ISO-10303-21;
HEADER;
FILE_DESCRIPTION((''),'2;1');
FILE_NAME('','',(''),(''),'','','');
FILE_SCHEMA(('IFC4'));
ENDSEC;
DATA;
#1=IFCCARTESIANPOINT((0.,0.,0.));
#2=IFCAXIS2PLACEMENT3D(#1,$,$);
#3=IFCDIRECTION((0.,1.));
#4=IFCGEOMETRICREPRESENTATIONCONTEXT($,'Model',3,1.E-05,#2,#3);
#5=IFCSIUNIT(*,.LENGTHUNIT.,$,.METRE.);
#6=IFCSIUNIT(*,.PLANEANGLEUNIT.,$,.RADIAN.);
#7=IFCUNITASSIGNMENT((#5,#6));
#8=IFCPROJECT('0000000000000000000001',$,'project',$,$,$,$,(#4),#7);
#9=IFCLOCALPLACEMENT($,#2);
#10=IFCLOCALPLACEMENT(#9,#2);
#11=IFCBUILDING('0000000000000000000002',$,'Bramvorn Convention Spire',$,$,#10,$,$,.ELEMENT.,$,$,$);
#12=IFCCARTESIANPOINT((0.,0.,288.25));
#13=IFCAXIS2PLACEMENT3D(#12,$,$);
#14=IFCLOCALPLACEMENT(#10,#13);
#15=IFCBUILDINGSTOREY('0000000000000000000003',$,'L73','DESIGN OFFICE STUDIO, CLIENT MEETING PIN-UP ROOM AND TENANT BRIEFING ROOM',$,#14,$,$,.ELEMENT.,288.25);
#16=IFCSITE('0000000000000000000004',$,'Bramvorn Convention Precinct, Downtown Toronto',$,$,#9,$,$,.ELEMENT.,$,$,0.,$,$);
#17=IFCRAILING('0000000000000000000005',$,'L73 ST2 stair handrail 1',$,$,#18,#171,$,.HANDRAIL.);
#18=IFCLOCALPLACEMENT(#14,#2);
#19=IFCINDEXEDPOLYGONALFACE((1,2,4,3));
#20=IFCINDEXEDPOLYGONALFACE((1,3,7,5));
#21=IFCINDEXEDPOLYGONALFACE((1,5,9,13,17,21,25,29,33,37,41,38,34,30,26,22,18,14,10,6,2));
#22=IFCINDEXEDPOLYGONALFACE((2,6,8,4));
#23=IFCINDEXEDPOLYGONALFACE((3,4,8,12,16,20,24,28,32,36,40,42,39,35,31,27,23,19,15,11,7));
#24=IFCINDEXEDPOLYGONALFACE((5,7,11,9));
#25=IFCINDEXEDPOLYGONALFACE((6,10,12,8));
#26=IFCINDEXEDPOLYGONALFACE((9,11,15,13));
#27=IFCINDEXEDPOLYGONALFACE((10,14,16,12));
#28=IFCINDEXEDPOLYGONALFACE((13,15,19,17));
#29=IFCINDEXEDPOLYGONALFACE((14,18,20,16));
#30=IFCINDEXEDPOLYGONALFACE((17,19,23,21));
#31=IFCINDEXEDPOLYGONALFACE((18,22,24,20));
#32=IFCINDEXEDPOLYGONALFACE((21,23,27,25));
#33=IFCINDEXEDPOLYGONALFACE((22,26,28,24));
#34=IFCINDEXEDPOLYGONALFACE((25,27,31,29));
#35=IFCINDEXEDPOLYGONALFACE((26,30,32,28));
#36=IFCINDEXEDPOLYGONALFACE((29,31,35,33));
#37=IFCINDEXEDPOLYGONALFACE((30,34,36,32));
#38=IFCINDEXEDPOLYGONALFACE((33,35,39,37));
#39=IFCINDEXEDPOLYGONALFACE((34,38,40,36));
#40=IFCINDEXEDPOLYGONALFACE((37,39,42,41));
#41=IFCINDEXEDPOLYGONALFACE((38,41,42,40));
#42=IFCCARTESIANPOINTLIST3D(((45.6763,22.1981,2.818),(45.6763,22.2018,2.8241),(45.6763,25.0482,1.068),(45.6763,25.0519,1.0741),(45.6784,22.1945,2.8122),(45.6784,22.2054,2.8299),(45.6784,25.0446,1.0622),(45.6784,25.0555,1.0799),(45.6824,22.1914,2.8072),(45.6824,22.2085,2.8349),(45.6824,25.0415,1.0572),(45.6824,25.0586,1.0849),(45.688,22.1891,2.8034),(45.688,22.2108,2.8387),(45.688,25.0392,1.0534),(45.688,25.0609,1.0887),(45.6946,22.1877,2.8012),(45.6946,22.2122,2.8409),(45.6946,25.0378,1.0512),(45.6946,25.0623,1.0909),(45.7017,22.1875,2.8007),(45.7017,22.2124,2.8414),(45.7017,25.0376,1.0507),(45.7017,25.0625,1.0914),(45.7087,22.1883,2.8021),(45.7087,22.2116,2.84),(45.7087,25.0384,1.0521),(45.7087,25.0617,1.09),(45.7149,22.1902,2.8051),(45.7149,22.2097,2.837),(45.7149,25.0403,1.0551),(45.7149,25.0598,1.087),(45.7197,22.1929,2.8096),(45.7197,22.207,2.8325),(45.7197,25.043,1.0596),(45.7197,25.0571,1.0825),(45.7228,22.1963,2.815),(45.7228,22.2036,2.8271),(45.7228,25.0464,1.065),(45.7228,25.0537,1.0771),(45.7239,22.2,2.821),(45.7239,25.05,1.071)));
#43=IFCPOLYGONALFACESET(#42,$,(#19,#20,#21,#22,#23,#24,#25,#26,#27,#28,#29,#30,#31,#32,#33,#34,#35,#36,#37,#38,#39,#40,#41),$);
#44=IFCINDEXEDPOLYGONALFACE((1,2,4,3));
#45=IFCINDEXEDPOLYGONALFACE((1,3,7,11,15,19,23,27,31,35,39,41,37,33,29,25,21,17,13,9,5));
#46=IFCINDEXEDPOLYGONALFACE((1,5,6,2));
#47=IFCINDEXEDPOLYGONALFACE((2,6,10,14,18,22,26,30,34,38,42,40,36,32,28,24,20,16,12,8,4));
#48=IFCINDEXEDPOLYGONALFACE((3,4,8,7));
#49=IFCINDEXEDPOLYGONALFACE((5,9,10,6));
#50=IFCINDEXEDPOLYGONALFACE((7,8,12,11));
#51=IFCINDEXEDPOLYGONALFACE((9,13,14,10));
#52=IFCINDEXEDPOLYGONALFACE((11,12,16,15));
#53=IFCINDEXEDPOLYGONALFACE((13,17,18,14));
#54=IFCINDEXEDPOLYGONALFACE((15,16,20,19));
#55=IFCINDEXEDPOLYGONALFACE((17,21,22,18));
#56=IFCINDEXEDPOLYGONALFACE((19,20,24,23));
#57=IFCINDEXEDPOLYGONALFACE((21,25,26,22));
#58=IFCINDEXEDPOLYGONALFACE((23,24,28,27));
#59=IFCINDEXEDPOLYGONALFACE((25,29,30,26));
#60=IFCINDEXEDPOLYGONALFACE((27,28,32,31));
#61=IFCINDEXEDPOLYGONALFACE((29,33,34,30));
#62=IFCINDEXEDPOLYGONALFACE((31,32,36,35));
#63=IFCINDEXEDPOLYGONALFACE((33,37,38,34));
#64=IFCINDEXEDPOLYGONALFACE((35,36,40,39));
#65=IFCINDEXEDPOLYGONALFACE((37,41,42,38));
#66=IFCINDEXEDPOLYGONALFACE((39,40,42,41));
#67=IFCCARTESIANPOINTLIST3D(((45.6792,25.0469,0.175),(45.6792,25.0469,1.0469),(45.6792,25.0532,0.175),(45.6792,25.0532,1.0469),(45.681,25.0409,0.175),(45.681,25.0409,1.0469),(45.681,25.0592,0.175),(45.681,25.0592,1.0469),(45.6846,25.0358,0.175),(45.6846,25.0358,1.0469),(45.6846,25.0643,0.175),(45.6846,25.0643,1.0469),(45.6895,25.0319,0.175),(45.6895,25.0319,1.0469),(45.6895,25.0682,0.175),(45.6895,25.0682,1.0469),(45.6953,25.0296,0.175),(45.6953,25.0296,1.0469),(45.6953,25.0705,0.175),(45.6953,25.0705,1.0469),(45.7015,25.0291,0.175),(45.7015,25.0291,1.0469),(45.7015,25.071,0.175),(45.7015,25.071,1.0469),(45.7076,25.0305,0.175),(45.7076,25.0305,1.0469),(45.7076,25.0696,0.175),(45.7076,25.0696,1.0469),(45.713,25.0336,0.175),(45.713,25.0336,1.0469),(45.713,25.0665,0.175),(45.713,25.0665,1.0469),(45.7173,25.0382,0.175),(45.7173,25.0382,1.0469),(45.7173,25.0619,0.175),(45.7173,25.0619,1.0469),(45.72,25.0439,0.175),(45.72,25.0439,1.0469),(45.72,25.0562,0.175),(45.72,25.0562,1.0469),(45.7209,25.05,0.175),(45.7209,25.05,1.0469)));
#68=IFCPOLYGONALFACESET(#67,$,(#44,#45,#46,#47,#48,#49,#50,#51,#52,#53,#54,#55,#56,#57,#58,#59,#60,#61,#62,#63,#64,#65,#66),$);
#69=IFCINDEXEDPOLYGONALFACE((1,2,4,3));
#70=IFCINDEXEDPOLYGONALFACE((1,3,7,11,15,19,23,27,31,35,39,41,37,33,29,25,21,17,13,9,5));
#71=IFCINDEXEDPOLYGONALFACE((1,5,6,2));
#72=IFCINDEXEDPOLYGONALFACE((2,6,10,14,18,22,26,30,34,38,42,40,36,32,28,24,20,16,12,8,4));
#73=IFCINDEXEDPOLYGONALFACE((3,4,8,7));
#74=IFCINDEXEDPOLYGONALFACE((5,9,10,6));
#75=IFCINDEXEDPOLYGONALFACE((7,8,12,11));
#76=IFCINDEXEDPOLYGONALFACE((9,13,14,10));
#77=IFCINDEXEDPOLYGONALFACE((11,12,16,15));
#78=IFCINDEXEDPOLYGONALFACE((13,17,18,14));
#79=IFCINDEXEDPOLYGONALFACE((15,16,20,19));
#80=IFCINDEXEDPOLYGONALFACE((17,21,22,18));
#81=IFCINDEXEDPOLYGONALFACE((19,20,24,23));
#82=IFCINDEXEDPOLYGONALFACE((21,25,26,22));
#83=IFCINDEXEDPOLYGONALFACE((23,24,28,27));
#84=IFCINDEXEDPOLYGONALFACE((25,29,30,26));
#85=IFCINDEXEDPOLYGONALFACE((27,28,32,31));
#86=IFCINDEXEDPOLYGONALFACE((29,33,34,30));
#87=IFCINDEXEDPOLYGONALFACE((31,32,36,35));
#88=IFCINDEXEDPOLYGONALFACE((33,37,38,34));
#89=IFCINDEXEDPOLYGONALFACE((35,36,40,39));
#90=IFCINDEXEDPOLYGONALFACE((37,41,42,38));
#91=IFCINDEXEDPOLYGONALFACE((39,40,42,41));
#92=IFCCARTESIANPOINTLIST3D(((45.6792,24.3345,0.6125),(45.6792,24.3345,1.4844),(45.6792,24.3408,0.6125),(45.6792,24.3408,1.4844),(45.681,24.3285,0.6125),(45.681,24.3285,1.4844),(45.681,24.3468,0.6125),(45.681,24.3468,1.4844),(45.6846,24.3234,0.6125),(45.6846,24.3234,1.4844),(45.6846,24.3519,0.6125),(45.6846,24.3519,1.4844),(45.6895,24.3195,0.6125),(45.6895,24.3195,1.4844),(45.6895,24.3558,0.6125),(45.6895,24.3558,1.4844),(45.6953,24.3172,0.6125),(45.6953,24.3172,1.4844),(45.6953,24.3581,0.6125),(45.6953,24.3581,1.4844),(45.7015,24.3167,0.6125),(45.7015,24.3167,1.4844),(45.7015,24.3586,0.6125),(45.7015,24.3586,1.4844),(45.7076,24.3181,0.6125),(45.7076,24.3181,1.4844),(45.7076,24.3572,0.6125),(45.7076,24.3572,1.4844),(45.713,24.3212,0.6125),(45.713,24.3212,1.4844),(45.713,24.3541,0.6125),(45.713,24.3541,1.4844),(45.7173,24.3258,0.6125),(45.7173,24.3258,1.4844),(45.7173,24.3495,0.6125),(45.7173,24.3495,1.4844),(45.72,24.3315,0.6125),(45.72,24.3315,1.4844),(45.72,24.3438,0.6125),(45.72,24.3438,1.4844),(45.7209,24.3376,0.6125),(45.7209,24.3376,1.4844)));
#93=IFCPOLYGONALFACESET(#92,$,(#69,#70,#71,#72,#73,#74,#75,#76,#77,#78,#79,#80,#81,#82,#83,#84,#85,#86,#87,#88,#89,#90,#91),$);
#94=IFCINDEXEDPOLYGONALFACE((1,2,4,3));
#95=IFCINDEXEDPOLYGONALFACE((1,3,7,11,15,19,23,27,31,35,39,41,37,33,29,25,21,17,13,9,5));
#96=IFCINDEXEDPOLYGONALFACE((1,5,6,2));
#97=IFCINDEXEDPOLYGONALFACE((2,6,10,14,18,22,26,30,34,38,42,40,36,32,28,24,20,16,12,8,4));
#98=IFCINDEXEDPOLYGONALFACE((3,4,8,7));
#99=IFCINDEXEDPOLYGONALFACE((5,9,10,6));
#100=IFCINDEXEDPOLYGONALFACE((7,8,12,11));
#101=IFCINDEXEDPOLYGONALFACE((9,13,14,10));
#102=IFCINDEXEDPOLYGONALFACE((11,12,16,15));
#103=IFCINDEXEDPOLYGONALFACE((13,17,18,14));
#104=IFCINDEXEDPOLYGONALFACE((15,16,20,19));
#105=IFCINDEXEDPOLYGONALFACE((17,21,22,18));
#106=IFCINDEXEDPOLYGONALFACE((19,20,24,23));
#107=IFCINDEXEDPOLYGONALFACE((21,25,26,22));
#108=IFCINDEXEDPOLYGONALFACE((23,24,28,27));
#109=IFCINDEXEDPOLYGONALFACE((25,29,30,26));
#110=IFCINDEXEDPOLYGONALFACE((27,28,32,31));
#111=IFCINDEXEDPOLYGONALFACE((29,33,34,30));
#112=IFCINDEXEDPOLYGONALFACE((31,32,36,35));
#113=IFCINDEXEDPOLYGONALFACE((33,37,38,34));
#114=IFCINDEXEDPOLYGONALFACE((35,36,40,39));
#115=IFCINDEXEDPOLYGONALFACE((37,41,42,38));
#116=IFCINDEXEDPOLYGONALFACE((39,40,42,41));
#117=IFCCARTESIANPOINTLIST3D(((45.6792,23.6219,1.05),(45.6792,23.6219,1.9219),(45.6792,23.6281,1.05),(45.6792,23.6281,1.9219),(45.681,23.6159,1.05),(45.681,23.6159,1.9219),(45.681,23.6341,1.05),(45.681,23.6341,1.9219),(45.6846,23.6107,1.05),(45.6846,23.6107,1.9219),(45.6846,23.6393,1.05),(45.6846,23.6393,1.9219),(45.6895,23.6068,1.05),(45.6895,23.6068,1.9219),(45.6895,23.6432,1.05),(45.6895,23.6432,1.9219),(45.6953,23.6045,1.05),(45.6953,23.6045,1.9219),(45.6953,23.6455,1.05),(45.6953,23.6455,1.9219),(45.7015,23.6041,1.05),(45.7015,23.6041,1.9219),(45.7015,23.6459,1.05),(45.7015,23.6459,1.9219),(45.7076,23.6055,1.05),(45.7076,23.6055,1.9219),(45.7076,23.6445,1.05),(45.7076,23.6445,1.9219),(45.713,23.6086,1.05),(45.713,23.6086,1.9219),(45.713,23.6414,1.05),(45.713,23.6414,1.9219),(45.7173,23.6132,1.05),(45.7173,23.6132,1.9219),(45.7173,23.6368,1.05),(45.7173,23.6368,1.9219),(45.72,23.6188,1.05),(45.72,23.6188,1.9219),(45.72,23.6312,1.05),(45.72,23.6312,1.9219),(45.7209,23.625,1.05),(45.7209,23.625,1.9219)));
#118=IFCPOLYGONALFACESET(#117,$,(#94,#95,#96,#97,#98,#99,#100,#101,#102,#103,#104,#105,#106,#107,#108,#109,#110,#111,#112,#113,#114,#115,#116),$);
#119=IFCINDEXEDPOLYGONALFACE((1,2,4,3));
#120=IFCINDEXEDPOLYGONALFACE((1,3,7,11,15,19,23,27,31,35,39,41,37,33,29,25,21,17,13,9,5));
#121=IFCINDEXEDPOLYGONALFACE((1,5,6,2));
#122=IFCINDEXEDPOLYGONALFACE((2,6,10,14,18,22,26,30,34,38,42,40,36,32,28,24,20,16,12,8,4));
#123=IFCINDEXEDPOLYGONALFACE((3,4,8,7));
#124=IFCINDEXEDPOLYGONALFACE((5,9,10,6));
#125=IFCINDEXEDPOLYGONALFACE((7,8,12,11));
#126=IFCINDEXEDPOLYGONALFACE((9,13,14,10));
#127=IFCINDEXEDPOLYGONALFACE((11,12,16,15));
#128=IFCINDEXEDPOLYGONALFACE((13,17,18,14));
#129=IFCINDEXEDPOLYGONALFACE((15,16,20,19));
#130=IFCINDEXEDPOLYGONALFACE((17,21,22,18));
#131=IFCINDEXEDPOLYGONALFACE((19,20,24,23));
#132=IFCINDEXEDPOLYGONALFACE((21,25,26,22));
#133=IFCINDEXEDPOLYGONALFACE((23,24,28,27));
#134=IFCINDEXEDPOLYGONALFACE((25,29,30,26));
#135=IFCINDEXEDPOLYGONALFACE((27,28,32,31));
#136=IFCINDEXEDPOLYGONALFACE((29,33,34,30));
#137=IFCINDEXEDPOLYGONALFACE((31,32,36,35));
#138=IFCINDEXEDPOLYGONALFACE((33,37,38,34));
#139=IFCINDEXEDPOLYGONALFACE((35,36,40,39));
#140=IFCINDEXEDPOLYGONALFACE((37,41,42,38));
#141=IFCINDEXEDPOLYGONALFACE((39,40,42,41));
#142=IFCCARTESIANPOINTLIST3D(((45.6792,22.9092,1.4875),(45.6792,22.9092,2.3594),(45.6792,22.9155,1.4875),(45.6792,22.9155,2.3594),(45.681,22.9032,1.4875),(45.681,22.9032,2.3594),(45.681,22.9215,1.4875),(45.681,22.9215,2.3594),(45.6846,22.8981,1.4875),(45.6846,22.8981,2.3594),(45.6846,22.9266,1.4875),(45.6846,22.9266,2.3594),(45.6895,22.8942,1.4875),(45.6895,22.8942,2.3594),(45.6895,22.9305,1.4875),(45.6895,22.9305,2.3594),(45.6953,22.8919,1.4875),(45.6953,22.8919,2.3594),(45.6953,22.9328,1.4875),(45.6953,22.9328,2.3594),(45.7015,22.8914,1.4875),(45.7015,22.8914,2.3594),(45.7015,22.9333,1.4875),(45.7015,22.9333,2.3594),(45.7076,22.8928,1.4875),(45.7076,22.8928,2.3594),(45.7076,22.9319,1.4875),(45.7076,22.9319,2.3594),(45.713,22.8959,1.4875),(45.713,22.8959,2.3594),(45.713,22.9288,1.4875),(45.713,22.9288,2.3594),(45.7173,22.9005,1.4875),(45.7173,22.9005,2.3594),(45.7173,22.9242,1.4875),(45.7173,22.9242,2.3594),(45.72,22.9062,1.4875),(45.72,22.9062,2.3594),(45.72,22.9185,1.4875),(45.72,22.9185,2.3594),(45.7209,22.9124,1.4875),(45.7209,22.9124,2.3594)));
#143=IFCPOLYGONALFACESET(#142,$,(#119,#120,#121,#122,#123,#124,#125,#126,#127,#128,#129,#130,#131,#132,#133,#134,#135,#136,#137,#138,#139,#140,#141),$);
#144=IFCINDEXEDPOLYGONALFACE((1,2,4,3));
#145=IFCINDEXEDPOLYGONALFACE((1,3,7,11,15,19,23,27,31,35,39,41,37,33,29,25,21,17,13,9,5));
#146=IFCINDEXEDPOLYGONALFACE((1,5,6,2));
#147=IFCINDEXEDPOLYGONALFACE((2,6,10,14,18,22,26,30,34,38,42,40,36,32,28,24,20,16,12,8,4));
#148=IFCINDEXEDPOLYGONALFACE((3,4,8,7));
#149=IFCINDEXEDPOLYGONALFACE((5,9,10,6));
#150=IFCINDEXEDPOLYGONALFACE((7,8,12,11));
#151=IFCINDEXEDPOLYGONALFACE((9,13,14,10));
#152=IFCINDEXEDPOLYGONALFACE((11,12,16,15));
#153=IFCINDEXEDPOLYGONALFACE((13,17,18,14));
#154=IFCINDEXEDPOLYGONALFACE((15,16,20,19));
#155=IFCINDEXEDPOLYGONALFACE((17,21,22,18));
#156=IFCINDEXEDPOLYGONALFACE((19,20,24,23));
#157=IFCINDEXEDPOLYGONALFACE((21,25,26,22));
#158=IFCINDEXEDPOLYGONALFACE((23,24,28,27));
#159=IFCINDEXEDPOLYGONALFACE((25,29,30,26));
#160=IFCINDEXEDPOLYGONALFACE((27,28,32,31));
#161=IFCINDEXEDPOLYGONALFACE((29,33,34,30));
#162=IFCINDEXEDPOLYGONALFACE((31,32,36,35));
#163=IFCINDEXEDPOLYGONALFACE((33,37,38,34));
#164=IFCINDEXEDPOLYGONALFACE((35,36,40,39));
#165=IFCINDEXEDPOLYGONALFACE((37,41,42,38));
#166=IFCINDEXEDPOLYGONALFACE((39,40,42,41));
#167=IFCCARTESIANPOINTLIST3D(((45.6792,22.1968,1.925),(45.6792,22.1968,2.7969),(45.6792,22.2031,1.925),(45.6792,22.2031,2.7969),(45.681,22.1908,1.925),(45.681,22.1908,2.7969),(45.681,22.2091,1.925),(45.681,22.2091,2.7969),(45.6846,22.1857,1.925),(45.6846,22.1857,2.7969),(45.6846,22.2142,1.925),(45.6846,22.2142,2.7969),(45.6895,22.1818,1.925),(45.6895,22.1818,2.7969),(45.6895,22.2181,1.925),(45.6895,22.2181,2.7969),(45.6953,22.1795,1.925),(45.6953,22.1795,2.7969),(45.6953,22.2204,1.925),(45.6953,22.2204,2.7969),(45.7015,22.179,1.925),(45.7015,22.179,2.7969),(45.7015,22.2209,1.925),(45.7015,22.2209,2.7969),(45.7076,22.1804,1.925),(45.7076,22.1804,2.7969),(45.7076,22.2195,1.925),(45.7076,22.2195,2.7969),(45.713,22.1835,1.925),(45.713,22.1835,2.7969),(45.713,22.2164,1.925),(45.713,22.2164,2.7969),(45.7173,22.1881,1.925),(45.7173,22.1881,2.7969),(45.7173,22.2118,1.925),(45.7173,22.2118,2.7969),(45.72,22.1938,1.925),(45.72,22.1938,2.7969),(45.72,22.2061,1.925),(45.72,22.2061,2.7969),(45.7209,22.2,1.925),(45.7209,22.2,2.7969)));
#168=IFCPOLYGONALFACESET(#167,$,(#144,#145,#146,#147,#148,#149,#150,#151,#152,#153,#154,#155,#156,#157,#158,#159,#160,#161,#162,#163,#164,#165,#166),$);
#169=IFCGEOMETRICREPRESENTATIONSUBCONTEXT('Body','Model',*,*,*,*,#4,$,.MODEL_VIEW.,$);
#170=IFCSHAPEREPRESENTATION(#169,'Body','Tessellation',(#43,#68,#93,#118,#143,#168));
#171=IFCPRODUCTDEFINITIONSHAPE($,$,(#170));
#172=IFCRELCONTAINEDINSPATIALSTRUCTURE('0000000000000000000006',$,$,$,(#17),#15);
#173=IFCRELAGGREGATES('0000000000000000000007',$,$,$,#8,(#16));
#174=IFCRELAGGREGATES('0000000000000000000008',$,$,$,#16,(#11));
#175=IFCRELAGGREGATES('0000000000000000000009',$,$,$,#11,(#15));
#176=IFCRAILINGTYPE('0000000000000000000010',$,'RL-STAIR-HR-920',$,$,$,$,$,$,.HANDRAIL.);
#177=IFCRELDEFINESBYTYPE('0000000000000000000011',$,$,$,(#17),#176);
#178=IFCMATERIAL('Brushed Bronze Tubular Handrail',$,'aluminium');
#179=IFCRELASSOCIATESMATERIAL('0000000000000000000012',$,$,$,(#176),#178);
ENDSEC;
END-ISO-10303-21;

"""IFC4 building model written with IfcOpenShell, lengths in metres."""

from ifc_helpers import new_model, si_unit, direction, frame, origin, origin_2d, place, context, subcontext, project, spatial, circle, extrude, material, type_object, element, save


model = new_model("IFC4")

# Units and contexts
model_context = context("Model", 3, precision=1e-05, world=origin(), true_north=direction((0.0, 1.0)))
body_context = subcontext(model_context, "Body", "Model", "MODEL_VIEW")
ifc_project = project(units=[si_unit("LENGTHUNIT", "METRE"), si_unit("PLANEANGLEUNIT", "RADIAN")], contexts=[model_context])

# Site, building, storey
site_placement = place(None, origin())
site = spatial("IfcSite", under=ifc_project, at=site_placement, Name="Bramvorn Convention Precinct, Downtown Toronto", CompositionType="ELEMENT", RefElevation=0.0)
building_placement = place(site_placement, origin())
building = spatial("IfcBuilding", under=site, at=building_placement, Name="Bramvorn Convention Spire", CompositionType="ELEMENT")
storey_placement = place(building_placement, frame((0.0, 0.0, 288.25)))
storey = spatial("IfcBuildingStorey", under=building, at=storey_placement, Name="L73", Description="DESIGN OFFICE STUDIO, CLIENT MEETING PIN-UP ROOM AND TENANT BRIEFING ROOM", CompositionType="ELEMENT", Elevation=288.25)

# Railing
ifc_material_1 = material(Name="Brushed Bronze Tubular Handrail", Category="aluminium")
railing_type_1 = type_object("IfcRailingType", Name="RL-STAIR-HR-920", PredefinedType="HANDRAIL", material=ifc_material_1)
railing_1_placement = place(storey_placement, frame((45.7, 25.05, 0.175)))
element("IfcRailing", 1, at=railing_1_placement, inside=storey, type_object=railing_type_1, Name="L73 ST2 stair handrail 1", PredefinedType="HANDRAIL", context=body_context, shape_type="SweptSolid", body=[
    extrude(circle(Radius=0.0239, at=origin_2d()), frame((0.0, 0.0, 0.896), z_axis=(0.0, -0.852179, 0.52325), x_axis=(1.0, 0.0, 0.0)), (0.0, 0.0, 1.0), 3.3445),
    extrude(circle(Radius=0.021, at=origin_2d()), origin(), (0.0, 0.0, 1.0), 0.8718),
    extrude(circle(Radius=0.021, at=origin_2d()), frame((0.0, -0.7124, 0.4375)), (0.0, 0.0, 1.0), 0.8718),
    extrude(circle(Radius=0.021, at=origin_2d()), frame((0.0, -1.425, 0.875)), (0.0, 0.0, 1.0), 0.8718),
    extrude(circle(Radius=0.021, at=origin_2d()), frame((0.0, -2.1377, 1.3125)), (0.0, 0.0, 1.0), 0.8718),
    extrude(circle(Radius=0.021, at=origin_2d()), frame((0.0, -2.8501, 1.75)), (0.0, 0.0, 1.0), 0.8718),
])

save(model, "model.ifc")
